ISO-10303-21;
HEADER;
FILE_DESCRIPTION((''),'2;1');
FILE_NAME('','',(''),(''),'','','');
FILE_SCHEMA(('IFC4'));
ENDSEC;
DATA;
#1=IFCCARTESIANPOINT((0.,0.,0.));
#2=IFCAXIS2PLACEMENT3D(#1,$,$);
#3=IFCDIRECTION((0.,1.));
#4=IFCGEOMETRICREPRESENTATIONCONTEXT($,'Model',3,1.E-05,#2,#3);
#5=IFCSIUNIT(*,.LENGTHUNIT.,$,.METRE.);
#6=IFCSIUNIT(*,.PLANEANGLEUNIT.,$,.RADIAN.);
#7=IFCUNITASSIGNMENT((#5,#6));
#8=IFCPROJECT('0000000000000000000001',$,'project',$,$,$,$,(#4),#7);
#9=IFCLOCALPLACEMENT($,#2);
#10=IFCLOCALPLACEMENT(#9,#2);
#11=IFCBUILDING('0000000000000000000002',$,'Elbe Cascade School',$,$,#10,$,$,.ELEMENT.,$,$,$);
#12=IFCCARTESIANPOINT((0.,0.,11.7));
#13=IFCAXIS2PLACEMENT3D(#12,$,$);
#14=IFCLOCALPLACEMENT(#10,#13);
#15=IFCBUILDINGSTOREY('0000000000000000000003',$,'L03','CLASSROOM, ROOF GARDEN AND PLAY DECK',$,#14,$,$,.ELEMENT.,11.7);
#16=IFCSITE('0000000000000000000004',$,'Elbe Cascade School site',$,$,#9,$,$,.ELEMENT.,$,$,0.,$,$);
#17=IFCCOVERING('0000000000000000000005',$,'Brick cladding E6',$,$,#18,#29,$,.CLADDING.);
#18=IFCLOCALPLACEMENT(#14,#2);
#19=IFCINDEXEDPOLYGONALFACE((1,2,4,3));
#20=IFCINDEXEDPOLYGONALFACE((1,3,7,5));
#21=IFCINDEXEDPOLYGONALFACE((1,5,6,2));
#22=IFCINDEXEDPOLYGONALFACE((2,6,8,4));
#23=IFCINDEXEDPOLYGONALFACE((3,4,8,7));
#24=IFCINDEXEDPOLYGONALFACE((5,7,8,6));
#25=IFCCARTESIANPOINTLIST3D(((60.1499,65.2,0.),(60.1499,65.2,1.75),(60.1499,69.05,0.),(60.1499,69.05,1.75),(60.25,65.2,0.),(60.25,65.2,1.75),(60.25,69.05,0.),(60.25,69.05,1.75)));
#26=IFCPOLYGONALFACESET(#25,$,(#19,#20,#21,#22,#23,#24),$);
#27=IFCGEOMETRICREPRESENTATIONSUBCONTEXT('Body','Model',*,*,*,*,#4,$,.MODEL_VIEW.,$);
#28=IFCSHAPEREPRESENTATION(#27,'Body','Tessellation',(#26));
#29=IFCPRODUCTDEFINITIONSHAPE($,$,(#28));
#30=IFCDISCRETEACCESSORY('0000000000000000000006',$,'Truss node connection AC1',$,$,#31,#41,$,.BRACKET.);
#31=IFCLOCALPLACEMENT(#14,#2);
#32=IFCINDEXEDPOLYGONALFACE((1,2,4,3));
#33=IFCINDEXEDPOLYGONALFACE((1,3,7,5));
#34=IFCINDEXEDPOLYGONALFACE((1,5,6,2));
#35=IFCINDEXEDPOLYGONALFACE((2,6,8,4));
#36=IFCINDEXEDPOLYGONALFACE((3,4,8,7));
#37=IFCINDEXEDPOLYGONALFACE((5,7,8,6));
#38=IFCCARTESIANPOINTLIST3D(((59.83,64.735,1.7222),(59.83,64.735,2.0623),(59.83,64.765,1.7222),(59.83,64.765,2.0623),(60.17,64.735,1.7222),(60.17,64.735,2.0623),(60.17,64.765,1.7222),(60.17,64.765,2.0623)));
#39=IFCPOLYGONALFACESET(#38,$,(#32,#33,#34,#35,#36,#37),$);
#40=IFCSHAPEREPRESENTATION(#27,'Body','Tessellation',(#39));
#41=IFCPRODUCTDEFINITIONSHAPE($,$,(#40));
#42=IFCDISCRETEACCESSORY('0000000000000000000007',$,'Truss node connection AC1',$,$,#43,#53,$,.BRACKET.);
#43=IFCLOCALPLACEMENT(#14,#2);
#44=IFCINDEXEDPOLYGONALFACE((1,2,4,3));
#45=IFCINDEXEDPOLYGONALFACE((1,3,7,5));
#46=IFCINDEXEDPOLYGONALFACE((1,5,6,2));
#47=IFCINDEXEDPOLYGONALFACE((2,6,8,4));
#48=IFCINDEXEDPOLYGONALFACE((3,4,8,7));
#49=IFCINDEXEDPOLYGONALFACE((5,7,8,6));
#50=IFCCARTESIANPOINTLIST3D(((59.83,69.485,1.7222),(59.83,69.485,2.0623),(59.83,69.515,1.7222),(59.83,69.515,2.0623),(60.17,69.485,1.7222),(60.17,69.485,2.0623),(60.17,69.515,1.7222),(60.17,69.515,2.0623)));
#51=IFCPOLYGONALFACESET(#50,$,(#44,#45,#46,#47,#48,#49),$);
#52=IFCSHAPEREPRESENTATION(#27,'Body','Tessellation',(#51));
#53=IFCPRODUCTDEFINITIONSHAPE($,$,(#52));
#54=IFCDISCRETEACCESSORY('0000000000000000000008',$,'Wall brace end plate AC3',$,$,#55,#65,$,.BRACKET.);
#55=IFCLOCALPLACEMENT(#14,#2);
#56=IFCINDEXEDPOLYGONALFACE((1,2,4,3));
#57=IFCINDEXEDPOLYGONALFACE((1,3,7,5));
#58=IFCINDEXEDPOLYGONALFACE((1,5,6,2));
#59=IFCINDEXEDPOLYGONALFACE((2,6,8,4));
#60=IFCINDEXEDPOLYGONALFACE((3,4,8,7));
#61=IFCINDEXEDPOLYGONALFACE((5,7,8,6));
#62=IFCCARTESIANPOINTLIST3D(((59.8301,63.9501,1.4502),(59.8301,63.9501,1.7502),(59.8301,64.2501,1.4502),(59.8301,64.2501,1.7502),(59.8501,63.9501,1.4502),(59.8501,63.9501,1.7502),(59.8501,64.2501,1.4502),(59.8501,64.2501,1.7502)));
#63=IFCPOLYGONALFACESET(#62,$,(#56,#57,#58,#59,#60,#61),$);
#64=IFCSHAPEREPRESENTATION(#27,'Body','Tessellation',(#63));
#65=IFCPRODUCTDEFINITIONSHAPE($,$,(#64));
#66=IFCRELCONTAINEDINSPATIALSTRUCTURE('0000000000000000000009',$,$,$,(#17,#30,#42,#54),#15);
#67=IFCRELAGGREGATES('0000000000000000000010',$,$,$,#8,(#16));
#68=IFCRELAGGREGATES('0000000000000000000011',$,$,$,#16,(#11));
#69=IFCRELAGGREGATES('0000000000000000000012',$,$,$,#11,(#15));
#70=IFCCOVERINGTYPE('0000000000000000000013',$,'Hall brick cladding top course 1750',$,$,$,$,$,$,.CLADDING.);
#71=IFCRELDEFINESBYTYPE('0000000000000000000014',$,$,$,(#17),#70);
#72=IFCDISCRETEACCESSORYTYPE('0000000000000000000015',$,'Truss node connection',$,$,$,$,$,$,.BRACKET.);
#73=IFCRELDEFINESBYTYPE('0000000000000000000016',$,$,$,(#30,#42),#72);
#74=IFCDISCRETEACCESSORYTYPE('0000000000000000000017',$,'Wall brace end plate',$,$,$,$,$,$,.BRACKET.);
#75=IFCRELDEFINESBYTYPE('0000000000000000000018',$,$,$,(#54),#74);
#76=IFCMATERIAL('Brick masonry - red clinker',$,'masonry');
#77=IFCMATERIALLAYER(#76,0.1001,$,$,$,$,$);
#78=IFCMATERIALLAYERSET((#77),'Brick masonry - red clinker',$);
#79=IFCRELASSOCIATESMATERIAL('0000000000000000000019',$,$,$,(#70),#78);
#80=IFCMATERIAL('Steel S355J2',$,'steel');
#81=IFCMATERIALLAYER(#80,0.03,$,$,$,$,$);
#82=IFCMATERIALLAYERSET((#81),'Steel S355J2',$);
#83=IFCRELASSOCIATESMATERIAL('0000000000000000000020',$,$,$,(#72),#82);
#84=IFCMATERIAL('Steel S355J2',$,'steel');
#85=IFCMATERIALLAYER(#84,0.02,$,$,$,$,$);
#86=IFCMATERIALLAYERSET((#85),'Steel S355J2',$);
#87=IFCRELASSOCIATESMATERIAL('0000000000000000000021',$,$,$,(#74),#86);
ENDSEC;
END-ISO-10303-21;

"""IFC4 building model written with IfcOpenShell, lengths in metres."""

from ifc_helpers import new_model, si_unit, direction, frame, origin, origin_2d, place, context, subcontext, project, spatial, rectangle, extrude, material, layer, layer_set, type_object, element, save


model = new_model("IFC4")

# Units and contexts
model_context = context("Model", 3, precision=1e-05, world=origin(), true_north=direction((0.0, 1.0)))
body_context = subcontext(model_context, "Body", "Model", "MODEL_VIEW")
ifc_project = project(units=[si_unit("LENGTHUNIT", "METRE"), si_unit("PLANEANGLEUNIT", "RADIAN")], contexts=[model_context])

# Site, building, storey
site_placement = place(None, origin())
site = spatial("IfcSite", under=ifc_project, at=site_placement, Name="Elbe Cascade School site", CompositionType="ELEMENT", RefElevation=0.0)
building_placement = place(site_placement, origin())
building = spatial("IfcBuilding", under=site, at=building_placement, Name="Elbe Cascade School", CompositionType="ELEMENT")
storey_placement = place(building_placement, frame((0.0, 0.0, 11.7)))
storey = spatial("IfcBuildingStorey", under=building, at=storey_placement, Name="L03", Description="CLASSROOM, ROOF GARDEN AND PLAY DECK", CompositionType="ELEMENT", Elevation=11.7)

# Covering
ifc_material_1 = material(Name="Brick masonry - red clinker", Category="masonry")
ifc_layer_1 = layer(ifc_material_1, 0.1001)
ifc_layer_set_1 = layer_set([ifc_layer_1], Name="Brick masonry - red clinker")
covering_type = type_object("IfcCoveringType", Name="Hall brick cladding top course 1750", PredefinedType="CLADDING", material=ifc_layer_set_1)
for number, where, z_axis, x_axis, name in (
    (1, (60.2, 67.125, 0.0), (0.0, 0.0, 1.0), (1.0, 0.0, 0.0), "Brick cladding E6"),
):
    element("IfcCovering", number, at=place(storey_placement, frame(where, z_axis=z_axis, x_axis=x_axis)), inside=storey, type_object=covering_type, Name=name, PredefinedType="CLADDING", context=body_context, shape_type="SweptSolid", body=[
        extrude(rectangle(XDim=0.1001, YDim=3.8501, at=origin_2d()), origin(), (0.0, 0.0, 1.0), 1.75),
    ])

# Discrete accessories
ifc_material_2 = material(Name="Steel S355J2", Category="steel")
ifc_layer_2 = layer(ifc_material_2, 0.03)
ifc_layer_set_2 = layer_set([ifc_layer_2], Name="Steel S355J2")
discrete_accessory_type_1 = type_object("IfcDiscreteAccessoryType", Name="Truss node connection", PredefinedType="BRACKET", material=ifc_layer_set_2)
for number, where, z_axis, x_axis, name in (
    (2, (60.0, 64.75, 1.7222), (0.0, 0.0, 1.0), (1.0, 0.0, 0.0), "Truss node connection AC1"),
    (3, (60.0, 69.5, 1.7222), (0.0, 0.0, 1.0), (1.0, 0.0, 0.0), "Truss node connection AC1"),
):
    element("IfcDiscreteAccessory", number, at=place(storey_placement, frame(where, z_axis=z_axis, x_axis=x_axis)), inside=storey, type_object=discrete_accessory_type_1, Name=name, PredefinedType="BRACKET", context=body_context, shape_type="SweptSolid", body=[
        extrude(rectangle(XDim=0.3401, YDim=0.03, at=origin_2d()), origin(), (0.0, 0.0, 1.0), 0.3401),
    ])
ifc_material_3 = material(Name="Steel S355J2", Category="steel")
ifc_layer_3 = layer(ifc_material_3, 0.02)
ifc_layer_set_3 = layer_set([ifc_layer_3], Name="Steel S355J2")
discrete_accessory_type_2 = type_object("IfcDiscreteAccessoryType", Name="Wall brace end plate", PredefinedType="BRACKET", material=ifc_layer_set_3)
discrete_accessory_placement = place(storey_placement, frame((59.8401, 64.1001, 1.4502), z_axis=(0.0, 0.0, 1.0), x_axis=(1.0, 0.0, 0.0)))
element("IfcDiscreteAccessory", 4, at=discrete_accessory_placement, inside=storey, type_object=discrete_accessory_type_2, Name="Wall brace end plate AC3", PredefinedType="BRACKET", context=body_context, shape_type="SweptSolid", body=[
    extrude(rectangle(XDim=0.02, YDim=0.3, at=origin_2d()), origin(), (0.0, 0.0, 1.0), 0.3),
])

save(model, "model.ifc")
